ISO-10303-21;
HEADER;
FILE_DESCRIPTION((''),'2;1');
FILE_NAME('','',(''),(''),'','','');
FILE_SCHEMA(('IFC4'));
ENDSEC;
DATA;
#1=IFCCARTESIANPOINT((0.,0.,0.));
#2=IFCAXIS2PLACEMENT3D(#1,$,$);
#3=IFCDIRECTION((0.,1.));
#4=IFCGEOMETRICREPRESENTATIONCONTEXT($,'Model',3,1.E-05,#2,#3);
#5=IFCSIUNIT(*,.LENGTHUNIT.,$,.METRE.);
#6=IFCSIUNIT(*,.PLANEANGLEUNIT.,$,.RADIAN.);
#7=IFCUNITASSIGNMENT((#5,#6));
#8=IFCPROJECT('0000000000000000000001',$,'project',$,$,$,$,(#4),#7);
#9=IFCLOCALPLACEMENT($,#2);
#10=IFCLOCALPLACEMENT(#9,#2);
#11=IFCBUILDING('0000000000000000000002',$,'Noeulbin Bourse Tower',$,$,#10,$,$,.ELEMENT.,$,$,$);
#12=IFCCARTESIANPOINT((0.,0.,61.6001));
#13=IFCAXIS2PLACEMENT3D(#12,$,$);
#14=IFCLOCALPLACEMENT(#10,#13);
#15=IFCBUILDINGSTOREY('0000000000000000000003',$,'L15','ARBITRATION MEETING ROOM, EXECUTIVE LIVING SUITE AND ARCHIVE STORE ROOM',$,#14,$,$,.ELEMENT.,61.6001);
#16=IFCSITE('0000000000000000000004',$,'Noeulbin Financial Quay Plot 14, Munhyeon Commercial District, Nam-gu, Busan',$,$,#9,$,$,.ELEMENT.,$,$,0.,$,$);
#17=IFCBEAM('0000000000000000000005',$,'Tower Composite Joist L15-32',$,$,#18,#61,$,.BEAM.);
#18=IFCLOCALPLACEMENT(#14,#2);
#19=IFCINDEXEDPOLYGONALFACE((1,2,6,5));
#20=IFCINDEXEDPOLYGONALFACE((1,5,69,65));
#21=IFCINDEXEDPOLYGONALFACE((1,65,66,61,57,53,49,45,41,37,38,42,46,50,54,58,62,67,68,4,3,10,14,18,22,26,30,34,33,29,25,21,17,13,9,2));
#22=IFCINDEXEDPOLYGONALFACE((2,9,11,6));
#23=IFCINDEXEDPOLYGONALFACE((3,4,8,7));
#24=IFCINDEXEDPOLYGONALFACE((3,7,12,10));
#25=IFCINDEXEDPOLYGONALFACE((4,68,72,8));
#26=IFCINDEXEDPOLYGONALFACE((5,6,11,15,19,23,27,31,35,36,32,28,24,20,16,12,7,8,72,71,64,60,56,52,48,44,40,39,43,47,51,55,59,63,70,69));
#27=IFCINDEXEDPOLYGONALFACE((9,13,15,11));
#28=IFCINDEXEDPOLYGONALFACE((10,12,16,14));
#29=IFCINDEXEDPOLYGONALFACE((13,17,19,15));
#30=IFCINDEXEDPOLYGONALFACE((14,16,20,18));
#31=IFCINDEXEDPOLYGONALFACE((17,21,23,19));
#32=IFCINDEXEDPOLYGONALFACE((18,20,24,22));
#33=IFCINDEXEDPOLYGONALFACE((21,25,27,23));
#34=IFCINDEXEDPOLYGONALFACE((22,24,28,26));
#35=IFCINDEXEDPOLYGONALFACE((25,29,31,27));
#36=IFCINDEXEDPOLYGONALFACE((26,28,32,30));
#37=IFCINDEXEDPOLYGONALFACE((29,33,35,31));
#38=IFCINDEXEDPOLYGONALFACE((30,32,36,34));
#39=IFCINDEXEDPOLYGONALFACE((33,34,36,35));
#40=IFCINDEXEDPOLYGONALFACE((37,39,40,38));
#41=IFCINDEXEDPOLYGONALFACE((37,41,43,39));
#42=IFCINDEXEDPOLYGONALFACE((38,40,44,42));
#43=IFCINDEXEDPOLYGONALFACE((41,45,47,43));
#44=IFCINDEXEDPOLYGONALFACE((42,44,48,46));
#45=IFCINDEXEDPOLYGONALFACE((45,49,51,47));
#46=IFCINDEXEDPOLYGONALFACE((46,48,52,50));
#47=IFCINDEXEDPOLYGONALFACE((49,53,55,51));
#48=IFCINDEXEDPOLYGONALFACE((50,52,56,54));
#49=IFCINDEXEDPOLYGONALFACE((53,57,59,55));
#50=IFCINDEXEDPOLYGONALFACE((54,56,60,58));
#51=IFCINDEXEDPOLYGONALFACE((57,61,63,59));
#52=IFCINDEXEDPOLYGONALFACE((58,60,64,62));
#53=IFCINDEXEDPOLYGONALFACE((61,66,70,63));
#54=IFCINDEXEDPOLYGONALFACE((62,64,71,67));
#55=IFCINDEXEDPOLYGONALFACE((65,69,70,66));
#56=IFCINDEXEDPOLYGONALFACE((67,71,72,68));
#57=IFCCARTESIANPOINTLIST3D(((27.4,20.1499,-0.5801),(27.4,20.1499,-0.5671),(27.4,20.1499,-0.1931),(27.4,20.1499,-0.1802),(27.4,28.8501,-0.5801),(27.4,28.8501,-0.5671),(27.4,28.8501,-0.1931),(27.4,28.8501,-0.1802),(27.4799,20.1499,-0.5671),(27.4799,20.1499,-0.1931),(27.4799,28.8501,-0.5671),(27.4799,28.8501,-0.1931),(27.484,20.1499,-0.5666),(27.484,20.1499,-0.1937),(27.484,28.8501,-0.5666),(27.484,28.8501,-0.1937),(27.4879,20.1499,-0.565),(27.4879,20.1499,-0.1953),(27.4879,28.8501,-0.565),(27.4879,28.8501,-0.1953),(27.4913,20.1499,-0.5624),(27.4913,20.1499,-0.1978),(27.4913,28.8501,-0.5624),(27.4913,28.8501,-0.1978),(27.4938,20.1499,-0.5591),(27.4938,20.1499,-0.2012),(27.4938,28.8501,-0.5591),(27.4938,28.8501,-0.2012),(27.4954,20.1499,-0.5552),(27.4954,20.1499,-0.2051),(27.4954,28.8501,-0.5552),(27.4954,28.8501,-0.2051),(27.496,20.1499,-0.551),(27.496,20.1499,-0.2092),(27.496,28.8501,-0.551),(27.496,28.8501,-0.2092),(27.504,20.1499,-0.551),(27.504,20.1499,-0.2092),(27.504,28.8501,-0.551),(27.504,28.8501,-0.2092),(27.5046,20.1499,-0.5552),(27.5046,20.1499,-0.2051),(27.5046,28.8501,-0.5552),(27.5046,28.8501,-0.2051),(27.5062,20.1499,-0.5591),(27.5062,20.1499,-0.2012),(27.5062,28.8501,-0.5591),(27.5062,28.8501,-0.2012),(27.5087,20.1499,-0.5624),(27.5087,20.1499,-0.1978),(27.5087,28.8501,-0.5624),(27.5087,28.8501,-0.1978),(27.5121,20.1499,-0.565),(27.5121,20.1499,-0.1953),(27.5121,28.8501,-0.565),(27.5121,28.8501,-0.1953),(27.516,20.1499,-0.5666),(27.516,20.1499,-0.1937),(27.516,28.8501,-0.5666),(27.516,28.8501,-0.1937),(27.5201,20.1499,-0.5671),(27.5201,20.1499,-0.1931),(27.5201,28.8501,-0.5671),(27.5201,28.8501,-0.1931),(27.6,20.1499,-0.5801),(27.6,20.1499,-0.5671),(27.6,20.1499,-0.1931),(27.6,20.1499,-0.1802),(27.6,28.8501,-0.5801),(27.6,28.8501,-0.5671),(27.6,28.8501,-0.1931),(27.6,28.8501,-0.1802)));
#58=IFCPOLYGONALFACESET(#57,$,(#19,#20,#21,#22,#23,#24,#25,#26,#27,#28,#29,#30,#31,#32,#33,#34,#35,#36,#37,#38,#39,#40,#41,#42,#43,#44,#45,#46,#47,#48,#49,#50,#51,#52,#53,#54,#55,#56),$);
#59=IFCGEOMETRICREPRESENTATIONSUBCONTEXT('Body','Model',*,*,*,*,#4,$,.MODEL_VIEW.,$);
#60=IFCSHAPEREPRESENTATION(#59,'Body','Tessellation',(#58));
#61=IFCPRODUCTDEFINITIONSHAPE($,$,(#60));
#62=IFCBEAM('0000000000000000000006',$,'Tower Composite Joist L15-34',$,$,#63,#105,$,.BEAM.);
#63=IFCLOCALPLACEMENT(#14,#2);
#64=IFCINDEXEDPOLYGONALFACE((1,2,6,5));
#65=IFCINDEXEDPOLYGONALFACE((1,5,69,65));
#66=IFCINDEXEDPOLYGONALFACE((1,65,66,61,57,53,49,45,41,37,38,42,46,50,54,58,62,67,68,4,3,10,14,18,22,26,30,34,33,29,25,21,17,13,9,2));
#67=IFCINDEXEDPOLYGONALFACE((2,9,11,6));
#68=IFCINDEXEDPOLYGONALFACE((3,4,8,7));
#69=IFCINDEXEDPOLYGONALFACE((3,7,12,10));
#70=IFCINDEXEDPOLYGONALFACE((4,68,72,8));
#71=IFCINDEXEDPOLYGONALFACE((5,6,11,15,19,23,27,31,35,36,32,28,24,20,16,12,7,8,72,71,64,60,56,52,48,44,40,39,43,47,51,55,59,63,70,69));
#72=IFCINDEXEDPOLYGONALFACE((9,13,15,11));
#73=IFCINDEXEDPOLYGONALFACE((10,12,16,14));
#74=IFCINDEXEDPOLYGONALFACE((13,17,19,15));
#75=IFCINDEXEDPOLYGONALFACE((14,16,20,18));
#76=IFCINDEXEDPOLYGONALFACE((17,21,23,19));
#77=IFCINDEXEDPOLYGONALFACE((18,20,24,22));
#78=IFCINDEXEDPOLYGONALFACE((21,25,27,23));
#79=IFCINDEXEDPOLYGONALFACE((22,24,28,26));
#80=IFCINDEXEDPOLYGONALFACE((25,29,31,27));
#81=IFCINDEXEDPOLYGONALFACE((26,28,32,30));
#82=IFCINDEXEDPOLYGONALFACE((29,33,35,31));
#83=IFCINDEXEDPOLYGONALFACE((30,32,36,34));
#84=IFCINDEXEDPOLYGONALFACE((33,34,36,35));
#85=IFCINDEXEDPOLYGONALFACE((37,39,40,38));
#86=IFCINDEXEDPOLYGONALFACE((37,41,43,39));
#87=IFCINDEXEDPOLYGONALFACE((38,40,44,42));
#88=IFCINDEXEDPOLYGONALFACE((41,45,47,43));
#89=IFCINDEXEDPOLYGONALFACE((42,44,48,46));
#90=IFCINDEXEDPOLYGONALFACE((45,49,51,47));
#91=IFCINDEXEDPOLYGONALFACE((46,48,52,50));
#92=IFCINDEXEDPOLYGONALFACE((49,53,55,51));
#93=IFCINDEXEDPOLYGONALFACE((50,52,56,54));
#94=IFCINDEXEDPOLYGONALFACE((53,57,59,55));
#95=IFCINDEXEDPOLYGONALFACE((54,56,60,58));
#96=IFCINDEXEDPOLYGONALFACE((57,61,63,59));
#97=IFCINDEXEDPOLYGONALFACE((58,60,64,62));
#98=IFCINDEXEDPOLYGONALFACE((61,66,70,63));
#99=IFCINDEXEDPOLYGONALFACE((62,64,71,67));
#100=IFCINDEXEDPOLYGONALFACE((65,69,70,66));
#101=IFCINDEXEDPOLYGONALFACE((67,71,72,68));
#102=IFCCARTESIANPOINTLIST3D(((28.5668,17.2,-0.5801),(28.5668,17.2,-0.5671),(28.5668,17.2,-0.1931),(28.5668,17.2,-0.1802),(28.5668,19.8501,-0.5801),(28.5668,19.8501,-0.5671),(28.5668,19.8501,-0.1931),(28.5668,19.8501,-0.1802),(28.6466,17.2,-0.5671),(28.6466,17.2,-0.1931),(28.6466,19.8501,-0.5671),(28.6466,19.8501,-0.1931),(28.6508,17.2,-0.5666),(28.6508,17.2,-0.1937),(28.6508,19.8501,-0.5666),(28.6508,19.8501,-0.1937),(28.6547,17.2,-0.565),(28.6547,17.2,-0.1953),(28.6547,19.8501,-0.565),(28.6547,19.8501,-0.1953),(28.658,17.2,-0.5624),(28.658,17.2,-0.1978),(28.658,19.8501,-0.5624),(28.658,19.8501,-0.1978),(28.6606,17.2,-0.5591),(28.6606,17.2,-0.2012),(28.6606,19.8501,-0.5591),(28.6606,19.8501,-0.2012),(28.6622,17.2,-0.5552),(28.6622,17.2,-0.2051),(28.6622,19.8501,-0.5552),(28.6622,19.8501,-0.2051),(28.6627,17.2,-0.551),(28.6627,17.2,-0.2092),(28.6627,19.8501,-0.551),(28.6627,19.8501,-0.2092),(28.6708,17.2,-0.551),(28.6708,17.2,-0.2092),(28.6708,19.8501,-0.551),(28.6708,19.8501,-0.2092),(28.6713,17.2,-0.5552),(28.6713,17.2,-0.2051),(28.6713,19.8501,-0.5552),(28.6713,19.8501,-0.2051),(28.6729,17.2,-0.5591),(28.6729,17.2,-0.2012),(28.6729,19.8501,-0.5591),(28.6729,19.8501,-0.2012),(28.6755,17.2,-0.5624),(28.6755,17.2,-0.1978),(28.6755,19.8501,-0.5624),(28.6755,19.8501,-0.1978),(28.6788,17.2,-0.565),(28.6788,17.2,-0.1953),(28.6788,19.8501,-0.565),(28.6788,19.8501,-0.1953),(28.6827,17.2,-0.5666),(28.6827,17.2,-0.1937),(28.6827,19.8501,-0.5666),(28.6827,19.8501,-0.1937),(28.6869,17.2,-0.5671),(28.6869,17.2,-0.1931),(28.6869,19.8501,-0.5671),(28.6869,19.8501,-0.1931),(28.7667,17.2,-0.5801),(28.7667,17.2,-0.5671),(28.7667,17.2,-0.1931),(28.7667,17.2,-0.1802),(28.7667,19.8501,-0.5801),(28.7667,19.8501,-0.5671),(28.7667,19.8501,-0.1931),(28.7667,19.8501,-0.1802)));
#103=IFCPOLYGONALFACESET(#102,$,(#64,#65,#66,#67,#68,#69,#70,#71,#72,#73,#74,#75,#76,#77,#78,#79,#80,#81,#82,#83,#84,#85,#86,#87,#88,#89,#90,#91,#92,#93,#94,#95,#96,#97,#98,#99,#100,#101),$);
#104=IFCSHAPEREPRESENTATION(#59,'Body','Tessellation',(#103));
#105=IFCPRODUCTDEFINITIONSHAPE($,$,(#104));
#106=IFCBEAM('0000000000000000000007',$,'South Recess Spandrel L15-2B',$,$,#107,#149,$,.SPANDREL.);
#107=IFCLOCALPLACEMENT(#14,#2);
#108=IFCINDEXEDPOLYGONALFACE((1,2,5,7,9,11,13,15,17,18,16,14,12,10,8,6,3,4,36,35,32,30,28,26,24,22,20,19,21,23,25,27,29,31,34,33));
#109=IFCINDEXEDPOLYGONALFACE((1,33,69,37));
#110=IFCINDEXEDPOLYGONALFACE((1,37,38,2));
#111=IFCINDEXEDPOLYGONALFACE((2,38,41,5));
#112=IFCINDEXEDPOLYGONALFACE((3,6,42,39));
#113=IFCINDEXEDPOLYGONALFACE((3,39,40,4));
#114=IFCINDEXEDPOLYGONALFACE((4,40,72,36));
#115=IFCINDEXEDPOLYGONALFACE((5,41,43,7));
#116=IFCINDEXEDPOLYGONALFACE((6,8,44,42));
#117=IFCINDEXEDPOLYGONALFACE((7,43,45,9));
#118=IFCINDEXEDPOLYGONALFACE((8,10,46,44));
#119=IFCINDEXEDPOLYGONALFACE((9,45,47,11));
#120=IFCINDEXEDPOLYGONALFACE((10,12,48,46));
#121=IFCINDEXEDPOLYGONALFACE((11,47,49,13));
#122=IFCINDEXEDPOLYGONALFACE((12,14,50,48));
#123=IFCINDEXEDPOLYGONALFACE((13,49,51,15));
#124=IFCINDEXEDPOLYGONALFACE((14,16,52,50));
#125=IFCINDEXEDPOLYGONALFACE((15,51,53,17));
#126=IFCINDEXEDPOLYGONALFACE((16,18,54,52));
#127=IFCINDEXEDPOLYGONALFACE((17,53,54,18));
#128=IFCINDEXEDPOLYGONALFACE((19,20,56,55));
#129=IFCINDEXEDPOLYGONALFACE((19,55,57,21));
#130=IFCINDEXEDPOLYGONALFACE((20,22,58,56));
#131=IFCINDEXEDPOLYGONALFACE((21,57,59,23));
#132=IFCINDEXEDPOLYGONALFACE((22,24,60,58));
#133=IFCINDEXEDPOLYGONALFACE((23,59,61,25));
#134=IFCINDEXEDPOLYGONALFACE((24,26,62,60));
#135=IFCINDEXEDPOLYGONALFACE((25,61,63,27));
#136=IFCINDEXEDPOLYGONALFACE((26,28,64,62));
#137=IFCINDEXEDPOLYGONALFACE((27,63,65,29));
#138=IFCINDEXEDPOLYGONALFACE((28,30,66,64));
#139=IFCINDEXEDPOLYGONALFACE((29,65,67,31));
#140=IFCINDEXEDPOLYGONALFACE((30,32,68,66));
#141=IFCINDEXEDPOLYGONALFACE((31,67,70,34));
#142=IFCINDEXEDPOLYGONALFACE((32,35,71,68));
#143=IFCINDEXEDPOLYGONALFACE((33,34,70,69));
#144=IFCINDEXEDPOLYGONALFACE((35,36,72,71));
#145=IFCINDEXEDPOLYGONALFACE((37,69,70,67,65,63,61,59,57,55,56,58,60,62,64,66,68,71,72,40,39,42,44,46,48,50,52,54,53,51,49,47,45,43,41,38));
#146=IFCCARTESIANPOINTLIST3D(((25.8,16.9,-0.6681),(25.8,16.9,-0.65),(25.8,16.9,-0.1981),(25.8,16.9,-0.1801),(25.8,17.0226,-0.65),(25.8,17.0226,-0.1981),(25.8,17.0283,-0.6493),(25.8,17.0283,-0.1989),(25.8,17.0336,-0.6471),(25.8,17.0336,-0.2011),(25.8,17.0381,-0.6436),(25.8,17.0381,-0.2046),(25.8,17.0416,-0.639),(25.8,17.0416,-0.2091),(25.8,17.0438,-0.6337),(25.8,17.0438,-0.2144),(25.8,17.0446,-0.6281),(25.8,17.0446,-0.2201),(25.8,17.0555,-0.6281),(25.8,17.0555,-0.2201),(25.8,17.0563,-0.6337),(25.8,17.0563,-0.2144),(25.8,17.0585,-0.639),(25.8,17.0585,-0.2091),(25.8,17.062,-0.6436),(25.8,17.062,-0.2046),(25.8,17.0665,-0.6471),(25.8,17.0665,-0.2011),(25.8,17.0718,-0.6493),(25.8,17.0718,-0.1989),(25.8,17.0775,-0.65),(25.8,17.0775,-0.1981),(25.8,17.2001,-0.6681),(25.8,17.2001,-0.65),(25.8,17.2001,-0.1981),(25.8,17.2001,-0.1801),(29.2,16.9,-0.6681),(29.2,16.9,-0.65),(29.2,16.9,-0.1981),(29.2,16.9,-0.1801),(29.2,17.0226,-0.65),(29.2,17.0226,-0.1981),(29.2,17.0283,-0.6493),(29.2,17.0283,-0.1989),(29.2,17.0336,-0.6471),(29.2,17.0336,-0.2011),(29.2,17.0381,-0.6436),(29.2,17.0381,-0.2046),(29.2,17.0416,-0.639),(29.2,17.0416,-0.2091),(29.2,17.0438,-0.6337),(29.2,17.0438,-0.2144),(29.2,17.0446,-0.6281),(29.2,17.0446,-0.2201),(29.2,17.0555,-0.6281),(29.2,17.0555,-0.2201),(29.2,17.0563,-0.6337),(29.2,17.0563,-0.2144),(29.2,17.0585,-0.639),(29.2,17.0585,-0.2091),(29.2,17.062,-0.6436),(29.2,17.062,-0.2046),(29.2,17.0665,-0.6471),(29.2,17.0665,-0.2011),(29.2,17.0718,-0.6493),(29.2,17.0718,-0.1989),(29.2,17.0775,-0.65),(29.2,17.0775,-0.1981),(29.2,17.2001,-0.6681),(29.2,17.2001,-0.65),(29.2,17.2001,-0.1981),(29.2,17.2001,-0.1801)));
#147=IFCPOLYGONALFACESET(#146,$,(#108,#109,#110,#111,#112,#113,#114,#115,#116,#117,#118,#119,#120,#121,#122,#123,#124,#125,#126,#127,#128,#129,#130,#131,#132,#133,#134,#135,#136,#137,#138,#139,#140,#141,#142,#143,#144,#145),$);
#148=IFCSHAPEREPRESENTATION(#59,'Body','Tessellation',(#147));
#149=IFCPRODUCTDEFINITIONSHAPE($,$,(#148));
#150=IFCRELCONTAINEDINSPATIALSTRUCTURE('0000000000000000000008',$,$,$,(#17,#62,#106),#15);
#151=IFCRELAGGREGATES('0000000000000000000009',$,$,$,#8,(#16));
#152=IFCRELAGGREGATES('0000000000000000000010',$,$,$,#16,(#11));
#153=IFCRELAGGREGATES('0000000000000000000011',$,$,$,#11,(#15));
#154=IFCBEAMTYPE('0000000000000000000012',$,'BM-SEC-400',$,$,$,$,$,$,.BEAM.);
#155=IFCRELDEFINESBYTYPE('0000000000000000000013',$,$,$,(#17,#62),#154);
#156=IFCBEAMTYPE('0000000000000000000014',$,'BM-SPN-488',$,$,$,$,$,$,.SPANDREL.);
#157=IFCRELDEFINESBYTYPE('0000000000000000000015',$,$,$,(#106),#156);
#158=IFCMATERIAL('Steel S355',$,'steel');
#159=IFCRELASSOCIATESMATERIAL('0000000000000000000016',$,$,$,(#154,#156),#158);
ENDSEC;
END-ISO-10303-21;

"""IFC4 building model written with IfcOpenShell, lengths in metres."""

from ifc_helpers import new_model, si_unit, direction, frame, origin, origin_2d, place, context, subcontext, project, spatial, i_section, extrude, material, material_profile, profile_set, type_object, element, save


model = new_model("IFC4")

# Units and contexts
model_context = context("Model", 3, precision=1e-05, world=origin(), true_north=direction((0.0, 1.0)))
body_context = subcontext(model_context, "Body", "Model", "MODEL_VIEW")
ifc_project = project(units=[si_unit("LENGTHUNIT", "METRE"), si_unit("PLANEANGLEUNIT", "RADIAN")], contexts=[model_context])

# Site, building, storey
site_placement = place(None, origin())
site = spatial("IfcSite", under=ifc_project, at=site_placement, Name="Noeulbin Financial Quay Plot 14, Munhyeon Commercial District, Nam-gu, Busan", CompositionType="ELEMENT", RefElevation=0.0)
building_placement = place(site_placement, origin())
building = spatial("IfcBuilding", under=site, at=building_placement, Name="Noeulbin Bourse Tower", CompositionType="ELEMENT")
storey_placement = place(building_placement, frame((0.0, 0.0, 61.6001)))
storey = spatial("IfcBuildingStorey", under=building, at=storey_placement, Name="L15", Description="ARBITRATION MEETING ROOM, EXECUTIVE LIVING SUITE AND ARCHIVE STORE ROOM", CompositionType="ELEMENT", Elevation=61.6001)

# Beams
ifc_material_1 = material(Name="Steel S355", Category="steel")
ifc_material_profile_1 = material_profile(ifc_material_1, i_section(OverallWidth=0.2, OverallDepth=0.3999, WebThickness=0.0081, FlangeThickness=0.0129, FilletRadius=0.0161, at=origin_2d()), Name="H-400x200x8x13", Category="LoadBearing")
ifc_profile_set_1 = profile_set([ifc_material_profile_1], Name="Steel S355")
beam_type_1 = type_object("IfcBeamType", Name="BM-SEC-400", PredefinedType="BEAM", material=ifc_profile_set_1)
beam_1_placement = place(storey_placement, frame((27.5, 20.1499, -0.3801), z_axis=(0.0, 1.0, 0.0), x_axis=(-1.0, 0.0, 0.0)))
element("IfcBeam", 1, at=beam_1_placement, inside=storey, type_object=beam_type_1, Name="Tower Composite Joist L15-32", PredefinedType="BEAM", context=body_context, shape_type="SweptSolid", body=[
    extrude(i_section(OverallWidth=0.2, OverallDepth=0.3999, WebThickness=0.0081, FlangeThickness=0.0129, FilletRadius=0.0161, at=origin_2d()), origin(), (0.0, 0.0, 1.0), 8.7002),
])
beam_2_placement = place(storey_placement, frame((28.6667, 17.2, -0.3801), z_axis=(0.0, 1.0, 0.0), x_axis=(-1.0, 0.0, 0.0)))
element("IfcBeam", 2, at=beam_2_placement, inside=storey, type_object=beam_type_1, Name="Tower Composite Joist L15-34", PredefinedType="BEAM", context=body_context, shape_type="SweptSolid", body=[
    extrude(i_section(OverallWidth=0.2, OverallDepth=0.3999, WebThickness=0.0081, FlangeThickness=0.0129, FilletRadius=0.0161, at=origin_2d()), origin(), (0.0, 0.0, 1.0), 2.6501),
])
ifc_material_profile_2 = material_profile(ifc_material_1, i_section(OverallWidth=0.3, OverallDepth=0.488, WebThickness=0.011, FlangeThickness=0.0181, FilletRadius=0.022, at=origin_2d()), Name="H-488x300x11x18", Category="LoadBearing")
ifc_profile_set_2 = profile_set([ifc_material_profile_2], Name="Steel S355")
beam_type_2 = type_object("IfcBeamType", Name="BM-SPN-488", PredefinedType="SPANDREL", material=ifc_profile_set_2)
beam_3_placement = place(storey_placement, frame((25.8, 17.05, -0.4241), z_axis=(1.0, 0.0, 0.0), x_axis=(0.0, 1.0, 0.0)))
element("IfcBeam", 3, at=beam_3_placement, inside=storey, type_object=beam_type_2, Name="South Recess Spandrel L15-2B", PredefinedType="SPANDREL", context=body_context, shape_type="SweptSolid", body=[
    extrude(i_section(OverallWidth=0.3, OverallDepth=0.488, WebThickness=0.011, FlangeThickness=0.0181, FilletRadius=0.022, at=origin_2d()), origin(), (0.0, 0.0, 1.0), 3.3999),
])

save(model, "model.ifc")
